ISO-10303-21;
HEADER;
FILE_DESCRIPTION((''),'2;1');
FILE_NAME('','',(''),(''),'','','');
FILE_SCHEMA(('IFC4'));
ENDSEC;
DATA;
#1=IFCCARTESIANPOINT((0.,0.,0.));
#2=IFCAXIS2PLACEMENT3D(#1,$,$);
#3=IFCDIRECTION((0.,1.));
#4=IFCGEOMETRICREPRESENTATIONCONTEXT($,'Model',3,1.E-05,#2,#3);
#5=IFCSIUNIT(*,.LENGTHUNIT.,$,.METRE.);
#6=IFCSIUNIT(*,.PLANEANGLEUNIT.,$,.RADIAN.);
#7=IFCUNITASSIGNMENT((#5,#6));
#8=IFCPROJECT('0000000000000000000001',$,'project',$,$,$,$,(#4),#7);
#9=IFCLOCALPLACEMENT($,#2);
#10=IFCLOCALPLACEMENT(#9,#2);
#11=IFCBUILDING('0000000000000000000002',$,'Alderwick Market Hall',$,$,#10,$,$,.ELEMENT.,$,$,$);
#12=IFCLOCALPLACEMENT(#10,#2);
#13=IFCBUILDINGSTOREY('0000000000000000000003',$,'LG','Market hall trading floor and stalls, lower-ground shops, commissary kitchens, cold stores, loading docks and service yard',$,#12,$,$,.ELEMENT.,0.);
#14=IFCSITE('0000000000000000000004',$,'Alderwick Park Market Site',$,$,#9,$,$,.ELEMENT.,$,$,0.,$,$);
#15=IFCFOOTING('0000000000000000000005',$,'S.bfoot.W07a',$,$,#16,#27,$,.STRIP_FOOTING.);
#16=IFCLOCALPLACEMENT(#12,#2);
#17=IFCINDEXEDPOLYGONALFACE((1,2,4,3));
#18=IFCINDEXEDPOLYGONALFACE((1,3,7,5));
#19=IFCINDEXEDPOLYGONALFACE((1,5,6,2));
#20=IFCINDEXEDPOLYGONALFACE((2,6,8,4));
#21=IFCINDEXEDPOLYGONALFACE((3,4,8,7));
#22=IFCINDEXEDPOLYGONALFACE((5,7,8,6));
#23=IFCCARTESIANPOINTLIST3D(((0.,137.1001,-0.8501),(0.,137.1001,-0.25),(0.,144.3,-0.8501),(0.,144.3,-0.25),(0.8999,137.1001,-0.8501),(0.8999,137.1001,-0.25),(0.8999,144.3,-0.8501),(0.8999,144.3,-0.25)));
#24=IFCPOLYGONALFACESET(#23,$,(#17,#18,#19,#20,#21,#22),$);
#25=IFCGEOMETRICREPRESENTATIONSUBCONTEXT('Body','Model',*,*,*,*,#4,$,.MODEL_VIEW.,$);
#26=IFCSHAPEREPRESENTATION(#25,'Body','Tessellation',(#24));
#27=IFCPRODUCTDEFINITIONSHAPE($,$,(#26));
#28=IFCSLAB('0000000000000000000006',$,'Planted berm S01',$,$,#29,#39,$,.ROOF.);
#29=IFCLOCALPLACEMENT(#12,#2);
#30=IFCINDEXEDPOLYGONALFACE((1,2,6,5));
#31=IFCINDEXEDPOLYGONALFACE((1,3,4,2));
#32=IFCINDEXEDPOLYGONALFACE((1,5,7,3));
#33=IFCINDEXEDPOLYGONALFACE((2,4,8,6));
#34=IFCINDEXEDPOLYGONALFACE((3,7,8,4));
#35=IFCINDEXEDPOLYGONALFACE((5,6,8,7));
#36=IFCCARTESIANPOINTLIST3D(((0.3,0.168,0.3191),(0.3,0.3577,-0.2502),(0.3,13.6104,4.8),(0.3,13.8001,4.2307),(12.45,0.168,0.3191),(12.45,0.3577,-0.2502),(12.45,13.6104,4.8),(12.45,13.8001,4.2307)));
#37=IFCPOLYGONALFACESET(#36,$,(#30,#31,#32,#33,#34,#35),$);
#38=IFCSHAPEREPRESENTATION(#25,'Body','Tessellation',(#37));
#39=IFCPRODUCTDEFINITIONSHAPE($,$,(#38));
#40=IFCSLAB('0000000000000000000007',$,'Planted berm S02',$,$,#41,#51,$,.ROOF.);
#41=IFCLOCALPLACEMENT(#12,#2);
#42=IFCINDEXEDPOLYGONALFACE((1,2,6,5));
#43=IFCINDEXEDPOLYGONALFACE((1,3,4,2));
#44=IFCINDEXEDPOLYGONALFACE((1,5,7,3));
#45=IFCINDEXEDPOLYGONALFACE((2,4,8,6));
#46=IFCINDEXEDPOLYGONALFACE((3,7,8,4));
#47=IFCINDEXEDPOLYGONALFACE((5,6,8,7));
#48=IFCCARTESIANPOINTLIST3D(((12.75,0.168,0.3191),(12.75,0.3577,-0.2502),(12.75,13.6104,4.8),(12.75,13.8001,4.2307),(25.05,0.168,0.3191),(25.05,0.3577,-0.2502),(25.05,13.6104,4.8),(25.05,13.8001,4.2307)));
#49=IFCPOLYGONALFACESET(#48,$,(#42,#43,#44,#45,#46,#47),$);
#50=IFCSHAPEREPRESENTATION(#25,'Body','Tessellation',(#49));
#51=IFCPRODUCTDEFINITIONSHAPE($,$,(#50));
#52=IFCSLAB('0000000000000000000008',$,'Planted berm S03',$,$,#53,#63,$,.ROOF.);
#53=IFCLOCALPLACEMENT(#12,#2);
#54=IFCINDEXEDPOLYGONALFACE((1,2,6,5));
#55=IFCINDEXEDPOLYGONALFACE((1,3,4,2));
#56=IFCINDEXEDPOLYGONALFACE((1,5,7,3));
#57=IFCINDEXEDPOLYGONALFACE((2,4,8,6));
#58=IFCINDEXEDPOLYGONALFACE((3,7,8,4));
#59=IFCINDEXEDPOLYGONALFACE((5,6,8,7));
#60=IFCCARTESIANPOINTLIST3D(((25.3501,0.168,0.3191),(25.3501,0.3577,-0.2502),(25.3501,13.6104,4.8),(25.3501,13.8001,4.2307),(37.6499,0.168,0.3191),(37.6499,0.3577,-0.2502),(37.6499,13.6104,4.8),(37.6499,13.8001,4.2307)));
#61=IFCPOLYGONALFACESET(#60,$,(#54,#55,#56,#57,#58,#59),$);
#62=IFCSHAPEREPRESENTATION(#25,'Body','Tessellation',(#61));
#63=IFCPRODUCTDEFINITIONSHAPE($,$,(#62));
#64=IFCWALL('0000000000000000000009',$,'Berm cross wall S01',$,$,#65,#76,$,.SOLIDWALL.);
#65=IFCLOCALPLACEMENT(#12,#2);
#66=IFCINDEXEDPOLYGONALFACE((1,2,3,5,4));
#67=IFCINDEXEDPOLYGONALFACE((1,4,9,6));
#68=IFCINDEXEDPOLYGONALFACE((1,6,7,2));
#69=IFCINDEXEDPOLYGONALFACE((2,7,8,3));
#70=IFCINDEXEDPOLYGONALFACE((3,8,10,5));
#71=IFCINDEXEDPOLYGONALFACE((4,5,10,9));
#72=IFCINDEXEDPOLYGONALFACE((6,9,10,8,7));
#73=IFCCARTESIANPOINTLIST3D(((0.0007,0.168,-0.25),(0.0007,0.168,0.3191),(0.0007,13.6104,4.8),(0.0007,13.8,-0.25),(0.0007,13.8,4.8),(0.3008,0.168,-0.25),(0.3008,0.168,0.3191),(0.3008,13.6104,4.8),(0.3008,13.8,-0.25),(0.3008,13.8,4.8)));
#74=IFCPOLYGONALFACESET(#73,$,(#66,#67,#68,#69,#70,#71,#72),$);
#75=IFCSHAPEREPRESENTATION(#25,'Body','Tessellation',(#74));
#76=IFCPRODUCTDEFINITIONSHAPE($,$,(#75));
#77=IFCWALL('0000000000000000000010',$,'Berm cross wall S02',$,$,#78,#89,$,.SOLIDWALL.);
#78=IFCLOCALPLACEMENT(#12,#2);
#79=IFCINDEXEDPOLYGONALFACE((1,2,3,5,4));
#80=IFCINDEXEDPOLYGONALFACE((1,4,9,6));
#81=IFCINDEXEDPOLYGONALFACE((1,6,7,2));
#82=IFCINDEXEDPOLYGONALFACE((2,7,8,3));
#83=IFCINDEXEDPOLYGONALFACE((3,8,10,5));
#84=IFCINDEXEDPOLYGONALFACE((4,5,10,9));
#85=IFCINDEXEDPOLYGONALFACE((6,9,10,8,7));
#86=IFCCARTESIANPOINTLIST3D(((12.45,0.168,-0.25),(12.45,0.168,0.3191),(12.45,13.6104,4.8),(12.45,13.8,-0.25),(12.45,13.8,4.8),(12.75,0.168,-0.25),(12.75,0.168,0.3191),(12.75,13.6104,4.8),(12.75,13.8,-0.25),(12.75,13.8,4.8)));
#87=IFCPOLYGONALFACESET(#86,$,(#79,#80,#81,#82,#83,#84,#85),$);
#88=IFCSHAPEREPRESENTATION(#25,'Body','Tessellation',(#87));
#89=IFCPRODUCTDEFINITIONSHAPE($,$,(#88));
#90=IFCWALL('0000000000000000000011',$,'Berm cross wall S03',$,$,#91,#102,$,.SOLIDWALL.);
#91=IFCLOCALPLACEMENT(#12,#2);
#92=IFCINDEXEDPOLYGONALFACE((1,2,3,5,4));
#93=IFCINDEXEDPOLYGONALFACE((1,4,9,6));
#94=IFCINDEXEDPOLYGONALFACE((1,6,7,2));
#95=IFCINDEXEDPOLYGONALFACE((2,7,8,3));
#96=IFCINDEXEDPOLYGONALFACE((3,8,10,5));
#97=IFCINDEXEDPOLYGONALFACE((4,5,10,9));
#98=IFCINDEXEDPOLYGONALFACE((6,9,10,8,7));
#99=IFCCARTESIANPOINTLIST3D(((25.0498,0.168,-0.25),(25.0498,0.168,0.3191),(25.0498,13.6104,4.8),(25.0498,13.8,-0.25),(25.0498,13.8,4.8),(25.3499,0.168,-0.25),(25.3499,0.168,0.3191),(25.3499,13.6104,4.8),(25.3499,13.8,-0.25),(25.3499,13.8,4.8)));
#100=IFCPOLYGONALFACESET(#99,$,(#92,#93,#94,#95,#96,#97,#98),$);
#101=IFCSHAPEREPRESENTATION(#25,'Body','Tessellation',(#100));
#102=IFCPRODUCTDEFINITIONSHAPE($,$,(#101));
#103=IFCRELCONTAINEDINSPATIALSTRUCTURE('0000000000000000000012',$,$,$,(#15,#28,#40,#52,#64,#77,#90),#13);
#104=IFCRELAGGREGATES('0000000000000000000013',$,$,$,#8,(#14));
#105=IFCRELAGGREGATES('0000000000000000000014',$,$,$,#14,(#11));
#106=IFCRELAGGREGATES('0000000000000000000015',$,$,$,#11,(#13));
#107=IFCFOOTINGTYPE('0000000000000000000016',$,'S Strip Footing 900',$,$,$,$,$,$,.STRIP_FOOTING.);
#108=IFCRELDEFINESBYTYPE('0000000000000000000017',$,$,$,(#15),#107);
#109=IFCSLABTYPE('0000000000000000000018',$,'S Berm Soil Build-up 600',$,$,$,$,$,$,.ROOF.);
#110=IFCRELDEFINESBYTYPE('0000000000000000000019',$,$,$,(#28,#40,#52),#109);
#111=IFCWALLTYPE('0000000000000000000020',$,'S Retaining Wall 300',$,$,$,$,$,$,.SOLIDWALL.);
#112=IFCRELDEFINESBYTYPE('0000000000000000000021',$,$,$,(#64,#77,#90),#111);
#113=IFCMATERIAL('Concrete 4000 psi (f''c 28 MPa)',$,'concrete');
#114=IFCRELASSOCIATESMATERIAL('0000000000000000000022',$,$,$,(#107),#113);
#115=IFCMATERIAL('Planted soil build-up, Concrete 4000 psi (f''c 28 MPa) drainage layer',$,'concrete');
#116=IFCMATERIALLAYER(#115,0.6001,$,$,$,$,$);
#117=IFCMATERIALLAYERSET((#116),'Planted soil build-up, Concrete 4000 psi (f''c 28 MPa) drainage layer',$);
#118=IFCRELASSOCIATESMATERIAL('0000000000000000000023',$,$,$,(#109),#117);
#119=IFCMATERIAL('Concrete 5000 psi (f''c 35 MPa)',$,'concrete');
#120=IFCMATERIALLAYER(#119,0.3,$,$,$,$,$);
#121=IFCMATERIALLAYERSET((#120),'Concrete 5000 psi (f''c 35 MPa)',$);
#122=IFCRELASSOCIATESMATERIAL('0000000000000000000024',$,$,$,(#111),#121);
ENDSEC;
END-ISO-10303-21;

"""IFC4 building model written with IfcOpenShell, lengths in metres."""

from ifc_helpers import new_model, si_unit, direction, frame, origin, place, context, subcontext, project, spatial, polyline, outline, extrude, material, layer, layer_set, type_object, element, save


model = new_model("IFC4")

# Units and contexts
model_context = context("Model", 3, precision=1e-05, world=origin(), true_north=direction((0.0, 1.0)))
body_context = subcontext(model_context, "Body", "Model", "MODEL_VIEW")
ifc_project = project(units=[si_unit("LENGTHUNIT", "METRE"), si_unit("PLANEANGLEUNIT", "RADIAN")], contexts=[model_context])

# Site, building, storey
site_placement = place(None, origin())
site = spatial("IfcSite", under=ifc_project, at=site_placement, Name="Alderwick Park Market Site", CompositionType="ELEMENT", RefElevation=0.0)
building_placement = place(site_placement, origin())
building = spatial("IfcBuilding", under=site, at=building_placement, Name="Alderwick Market Hall", CompositionType="ELEMENT")
storey_placement = place(building_placement, origin())
storey = spatial("IfcBuildingStorey", under=building, at=storey_placement, Name="LG", Description="Market hall trading floor and stalls, lower-ground shops, commissary kitchens, cold stores, loading docks and service yard", CompositionType="ELEMENT", Elevation=0.0)

# Footing
ifc_material_1 = material(Name="Concrete 4000 psi (f'c 28 MPa)", Category="concrete")
footing_type = type_object("IfcFootingType", Name="S Strip Footing 900", PredefinedType="STRIP_FOOTING", material=ifc_material_1)
footing_1_placement = place(storey_placement, frame((0.0, 0.0, -0.8501)))
element("IfcFooting", 1, at=footing_1_placement, inside=storey, type_object=footing_type, Name="S.bfoot.W07a", PredefinedType="STRIP_FOOTING", context=body_context, shape_type="SweptSolid", body=[
    extrude(outline(polyline([(0.0, 137.1001), (0.8999, 137.1001), (0.8999, 144.3), (0.0, 144.3), (0.0, 137.1001)])), origin(), (0.0, 0.0, 1.0), 0.6001),
])

# Slabs
ifc_material_2 = material(Name="Planted soil build-up, Concrete 4000 psi (f'c 28 MPa) drainage layer", Category="concrete")
ifc_layer_1 = layer(ifc_material_2, 0.6001)
ifc_layer_set_1 = layer_set([ifc_layer_1], Name="Planted soil build-up, Concrete 4000 psi (f'c 28 MPa) drainage layer")
slab_type = type_object("IfcSlabType", Name="S Berm Soil Build-up 600", PredefinedType="ROOF", material=ifc_layer_set_1)
slab_1_placement = place(storey_placement, frame((0.3, 0.168, 0.3191), z_axis=(0.0, -0.316238, 0.94868), x_axis=(1.0, 0.0, 0.0)))
element("IfcSlab", 2, at=slab_1_placement, inside=storey, type_object=slab_type, Name="Planted berm S01", PredefinedType="ROOF", context=body_context, shape_type="SweptSolid", body=[
    extrude(outline(polyline([(0.0, 0.0), (12.1499, 0.0), (12.1499, 14.1696), (0.0, 14.1696), (0.0, 0.0)])), origin(), (0.0, 0.0, -1.0), 0.6001),
])
slab_2_placement = place(storey_placement, frame((12.75, 0.168, 0.3191), z_axis=(0.0, -0.316238, 0.94868), x_axis=(1.0, 0.0, 0.0)))
element("IfcSlab", 3, at=slab_2_placement, inside=storey, type_object=slab_type, Name="Planted berm S02", PredefinedType="ROOF", context=body_context, shape_type="SweptSolid", body=[
    extrude(outline(polyline([(0.0, 0.0), (12.3, 0.0), (12.3, 14.1696), (0.0, 14.1696), (0.0, 0.0)])), origin(), (0.0, 0.0, -1.0), 0.6001),
])
slab_3_placement = place(storey_placement, frame((25.3501, 0.168, 0.3191), z_axis=(0.0, -0.316238, 0.94868), x_axis=(1.0, 0.0, 0.0)))
element("IfcSlab", 4, at=slab_3_placement, inside=storey, type_object=slab_type, Name="Planted berm S03", PredefinedType="ROOF", context=body_context, shape_type="SweptSolid", body=[
    extrude(outline(polyline([(0.0, 0.0), (12.2998, 0.0), (12.2998, 14.1696), (0.0, 14.1696), (0.0, 0.0)])), origin(), (0.0, 0.0, -1.0), 0.6001),
])

# Walls
ifc_material_3 = material(Name="Concrete 5000 psi (f'c 35 MPa)", Category="concrete")
ifc_layer_2 = layer(ifc_material_3, 0.3)
ifc_layer_set_2 = layer_set([ifc_layer_2], Name="Concrete 5000 psi (f'c 35 MPa)")
wall_type = type_object("IfcWallType", Name="S Retaining Wall 300", PredefinedType="SOLIDWALL", material=ifc_layer_set_2)
for number, where, z_axis, x_axis, name in (
    (5, (0.1509, 13.8, -0.25), (0.0, 0.0, 1.0), (0.0, -1.0, 0.0), "Berm cross wall S01"),
    (6, (12.6001, 13.8, -0.25), (0.0, 0.0, 1.0), (0.0, -1.0, 0.0), "Berm cross wall S02"),
    (7, (25.2, 13.8, -0.25), (0.0, 0.0, 1.0), (0.0, -1.0, 0.0), "Berm cross wall S03"),
):
    element("IfcWall", number, at=place(storey_placement, frame(where, z_axis=z_axis, x_axis=x_axis)), inside=storey, type_object=wall_type, Name=name, PredefinedType="SOLIDWALL", context=body_context, shape_type="SweptSolid", body=[
        extrude(outline(polyline([(0.0, 0.0), (13.6321, 0.0), (13.6321, 0.5691), (0.1897, 5.05), (0.0, 5.05), (0.0, 0.0)])), frame((0.0, 0.1499, 0.0), z_axis=(0.0, -1.0, 0.0), x_axis=(1.0, 0.0, 0.0)), (0.0, 0.0, 1.0), 0.3),
    ])

save(model, "model.ifc")
